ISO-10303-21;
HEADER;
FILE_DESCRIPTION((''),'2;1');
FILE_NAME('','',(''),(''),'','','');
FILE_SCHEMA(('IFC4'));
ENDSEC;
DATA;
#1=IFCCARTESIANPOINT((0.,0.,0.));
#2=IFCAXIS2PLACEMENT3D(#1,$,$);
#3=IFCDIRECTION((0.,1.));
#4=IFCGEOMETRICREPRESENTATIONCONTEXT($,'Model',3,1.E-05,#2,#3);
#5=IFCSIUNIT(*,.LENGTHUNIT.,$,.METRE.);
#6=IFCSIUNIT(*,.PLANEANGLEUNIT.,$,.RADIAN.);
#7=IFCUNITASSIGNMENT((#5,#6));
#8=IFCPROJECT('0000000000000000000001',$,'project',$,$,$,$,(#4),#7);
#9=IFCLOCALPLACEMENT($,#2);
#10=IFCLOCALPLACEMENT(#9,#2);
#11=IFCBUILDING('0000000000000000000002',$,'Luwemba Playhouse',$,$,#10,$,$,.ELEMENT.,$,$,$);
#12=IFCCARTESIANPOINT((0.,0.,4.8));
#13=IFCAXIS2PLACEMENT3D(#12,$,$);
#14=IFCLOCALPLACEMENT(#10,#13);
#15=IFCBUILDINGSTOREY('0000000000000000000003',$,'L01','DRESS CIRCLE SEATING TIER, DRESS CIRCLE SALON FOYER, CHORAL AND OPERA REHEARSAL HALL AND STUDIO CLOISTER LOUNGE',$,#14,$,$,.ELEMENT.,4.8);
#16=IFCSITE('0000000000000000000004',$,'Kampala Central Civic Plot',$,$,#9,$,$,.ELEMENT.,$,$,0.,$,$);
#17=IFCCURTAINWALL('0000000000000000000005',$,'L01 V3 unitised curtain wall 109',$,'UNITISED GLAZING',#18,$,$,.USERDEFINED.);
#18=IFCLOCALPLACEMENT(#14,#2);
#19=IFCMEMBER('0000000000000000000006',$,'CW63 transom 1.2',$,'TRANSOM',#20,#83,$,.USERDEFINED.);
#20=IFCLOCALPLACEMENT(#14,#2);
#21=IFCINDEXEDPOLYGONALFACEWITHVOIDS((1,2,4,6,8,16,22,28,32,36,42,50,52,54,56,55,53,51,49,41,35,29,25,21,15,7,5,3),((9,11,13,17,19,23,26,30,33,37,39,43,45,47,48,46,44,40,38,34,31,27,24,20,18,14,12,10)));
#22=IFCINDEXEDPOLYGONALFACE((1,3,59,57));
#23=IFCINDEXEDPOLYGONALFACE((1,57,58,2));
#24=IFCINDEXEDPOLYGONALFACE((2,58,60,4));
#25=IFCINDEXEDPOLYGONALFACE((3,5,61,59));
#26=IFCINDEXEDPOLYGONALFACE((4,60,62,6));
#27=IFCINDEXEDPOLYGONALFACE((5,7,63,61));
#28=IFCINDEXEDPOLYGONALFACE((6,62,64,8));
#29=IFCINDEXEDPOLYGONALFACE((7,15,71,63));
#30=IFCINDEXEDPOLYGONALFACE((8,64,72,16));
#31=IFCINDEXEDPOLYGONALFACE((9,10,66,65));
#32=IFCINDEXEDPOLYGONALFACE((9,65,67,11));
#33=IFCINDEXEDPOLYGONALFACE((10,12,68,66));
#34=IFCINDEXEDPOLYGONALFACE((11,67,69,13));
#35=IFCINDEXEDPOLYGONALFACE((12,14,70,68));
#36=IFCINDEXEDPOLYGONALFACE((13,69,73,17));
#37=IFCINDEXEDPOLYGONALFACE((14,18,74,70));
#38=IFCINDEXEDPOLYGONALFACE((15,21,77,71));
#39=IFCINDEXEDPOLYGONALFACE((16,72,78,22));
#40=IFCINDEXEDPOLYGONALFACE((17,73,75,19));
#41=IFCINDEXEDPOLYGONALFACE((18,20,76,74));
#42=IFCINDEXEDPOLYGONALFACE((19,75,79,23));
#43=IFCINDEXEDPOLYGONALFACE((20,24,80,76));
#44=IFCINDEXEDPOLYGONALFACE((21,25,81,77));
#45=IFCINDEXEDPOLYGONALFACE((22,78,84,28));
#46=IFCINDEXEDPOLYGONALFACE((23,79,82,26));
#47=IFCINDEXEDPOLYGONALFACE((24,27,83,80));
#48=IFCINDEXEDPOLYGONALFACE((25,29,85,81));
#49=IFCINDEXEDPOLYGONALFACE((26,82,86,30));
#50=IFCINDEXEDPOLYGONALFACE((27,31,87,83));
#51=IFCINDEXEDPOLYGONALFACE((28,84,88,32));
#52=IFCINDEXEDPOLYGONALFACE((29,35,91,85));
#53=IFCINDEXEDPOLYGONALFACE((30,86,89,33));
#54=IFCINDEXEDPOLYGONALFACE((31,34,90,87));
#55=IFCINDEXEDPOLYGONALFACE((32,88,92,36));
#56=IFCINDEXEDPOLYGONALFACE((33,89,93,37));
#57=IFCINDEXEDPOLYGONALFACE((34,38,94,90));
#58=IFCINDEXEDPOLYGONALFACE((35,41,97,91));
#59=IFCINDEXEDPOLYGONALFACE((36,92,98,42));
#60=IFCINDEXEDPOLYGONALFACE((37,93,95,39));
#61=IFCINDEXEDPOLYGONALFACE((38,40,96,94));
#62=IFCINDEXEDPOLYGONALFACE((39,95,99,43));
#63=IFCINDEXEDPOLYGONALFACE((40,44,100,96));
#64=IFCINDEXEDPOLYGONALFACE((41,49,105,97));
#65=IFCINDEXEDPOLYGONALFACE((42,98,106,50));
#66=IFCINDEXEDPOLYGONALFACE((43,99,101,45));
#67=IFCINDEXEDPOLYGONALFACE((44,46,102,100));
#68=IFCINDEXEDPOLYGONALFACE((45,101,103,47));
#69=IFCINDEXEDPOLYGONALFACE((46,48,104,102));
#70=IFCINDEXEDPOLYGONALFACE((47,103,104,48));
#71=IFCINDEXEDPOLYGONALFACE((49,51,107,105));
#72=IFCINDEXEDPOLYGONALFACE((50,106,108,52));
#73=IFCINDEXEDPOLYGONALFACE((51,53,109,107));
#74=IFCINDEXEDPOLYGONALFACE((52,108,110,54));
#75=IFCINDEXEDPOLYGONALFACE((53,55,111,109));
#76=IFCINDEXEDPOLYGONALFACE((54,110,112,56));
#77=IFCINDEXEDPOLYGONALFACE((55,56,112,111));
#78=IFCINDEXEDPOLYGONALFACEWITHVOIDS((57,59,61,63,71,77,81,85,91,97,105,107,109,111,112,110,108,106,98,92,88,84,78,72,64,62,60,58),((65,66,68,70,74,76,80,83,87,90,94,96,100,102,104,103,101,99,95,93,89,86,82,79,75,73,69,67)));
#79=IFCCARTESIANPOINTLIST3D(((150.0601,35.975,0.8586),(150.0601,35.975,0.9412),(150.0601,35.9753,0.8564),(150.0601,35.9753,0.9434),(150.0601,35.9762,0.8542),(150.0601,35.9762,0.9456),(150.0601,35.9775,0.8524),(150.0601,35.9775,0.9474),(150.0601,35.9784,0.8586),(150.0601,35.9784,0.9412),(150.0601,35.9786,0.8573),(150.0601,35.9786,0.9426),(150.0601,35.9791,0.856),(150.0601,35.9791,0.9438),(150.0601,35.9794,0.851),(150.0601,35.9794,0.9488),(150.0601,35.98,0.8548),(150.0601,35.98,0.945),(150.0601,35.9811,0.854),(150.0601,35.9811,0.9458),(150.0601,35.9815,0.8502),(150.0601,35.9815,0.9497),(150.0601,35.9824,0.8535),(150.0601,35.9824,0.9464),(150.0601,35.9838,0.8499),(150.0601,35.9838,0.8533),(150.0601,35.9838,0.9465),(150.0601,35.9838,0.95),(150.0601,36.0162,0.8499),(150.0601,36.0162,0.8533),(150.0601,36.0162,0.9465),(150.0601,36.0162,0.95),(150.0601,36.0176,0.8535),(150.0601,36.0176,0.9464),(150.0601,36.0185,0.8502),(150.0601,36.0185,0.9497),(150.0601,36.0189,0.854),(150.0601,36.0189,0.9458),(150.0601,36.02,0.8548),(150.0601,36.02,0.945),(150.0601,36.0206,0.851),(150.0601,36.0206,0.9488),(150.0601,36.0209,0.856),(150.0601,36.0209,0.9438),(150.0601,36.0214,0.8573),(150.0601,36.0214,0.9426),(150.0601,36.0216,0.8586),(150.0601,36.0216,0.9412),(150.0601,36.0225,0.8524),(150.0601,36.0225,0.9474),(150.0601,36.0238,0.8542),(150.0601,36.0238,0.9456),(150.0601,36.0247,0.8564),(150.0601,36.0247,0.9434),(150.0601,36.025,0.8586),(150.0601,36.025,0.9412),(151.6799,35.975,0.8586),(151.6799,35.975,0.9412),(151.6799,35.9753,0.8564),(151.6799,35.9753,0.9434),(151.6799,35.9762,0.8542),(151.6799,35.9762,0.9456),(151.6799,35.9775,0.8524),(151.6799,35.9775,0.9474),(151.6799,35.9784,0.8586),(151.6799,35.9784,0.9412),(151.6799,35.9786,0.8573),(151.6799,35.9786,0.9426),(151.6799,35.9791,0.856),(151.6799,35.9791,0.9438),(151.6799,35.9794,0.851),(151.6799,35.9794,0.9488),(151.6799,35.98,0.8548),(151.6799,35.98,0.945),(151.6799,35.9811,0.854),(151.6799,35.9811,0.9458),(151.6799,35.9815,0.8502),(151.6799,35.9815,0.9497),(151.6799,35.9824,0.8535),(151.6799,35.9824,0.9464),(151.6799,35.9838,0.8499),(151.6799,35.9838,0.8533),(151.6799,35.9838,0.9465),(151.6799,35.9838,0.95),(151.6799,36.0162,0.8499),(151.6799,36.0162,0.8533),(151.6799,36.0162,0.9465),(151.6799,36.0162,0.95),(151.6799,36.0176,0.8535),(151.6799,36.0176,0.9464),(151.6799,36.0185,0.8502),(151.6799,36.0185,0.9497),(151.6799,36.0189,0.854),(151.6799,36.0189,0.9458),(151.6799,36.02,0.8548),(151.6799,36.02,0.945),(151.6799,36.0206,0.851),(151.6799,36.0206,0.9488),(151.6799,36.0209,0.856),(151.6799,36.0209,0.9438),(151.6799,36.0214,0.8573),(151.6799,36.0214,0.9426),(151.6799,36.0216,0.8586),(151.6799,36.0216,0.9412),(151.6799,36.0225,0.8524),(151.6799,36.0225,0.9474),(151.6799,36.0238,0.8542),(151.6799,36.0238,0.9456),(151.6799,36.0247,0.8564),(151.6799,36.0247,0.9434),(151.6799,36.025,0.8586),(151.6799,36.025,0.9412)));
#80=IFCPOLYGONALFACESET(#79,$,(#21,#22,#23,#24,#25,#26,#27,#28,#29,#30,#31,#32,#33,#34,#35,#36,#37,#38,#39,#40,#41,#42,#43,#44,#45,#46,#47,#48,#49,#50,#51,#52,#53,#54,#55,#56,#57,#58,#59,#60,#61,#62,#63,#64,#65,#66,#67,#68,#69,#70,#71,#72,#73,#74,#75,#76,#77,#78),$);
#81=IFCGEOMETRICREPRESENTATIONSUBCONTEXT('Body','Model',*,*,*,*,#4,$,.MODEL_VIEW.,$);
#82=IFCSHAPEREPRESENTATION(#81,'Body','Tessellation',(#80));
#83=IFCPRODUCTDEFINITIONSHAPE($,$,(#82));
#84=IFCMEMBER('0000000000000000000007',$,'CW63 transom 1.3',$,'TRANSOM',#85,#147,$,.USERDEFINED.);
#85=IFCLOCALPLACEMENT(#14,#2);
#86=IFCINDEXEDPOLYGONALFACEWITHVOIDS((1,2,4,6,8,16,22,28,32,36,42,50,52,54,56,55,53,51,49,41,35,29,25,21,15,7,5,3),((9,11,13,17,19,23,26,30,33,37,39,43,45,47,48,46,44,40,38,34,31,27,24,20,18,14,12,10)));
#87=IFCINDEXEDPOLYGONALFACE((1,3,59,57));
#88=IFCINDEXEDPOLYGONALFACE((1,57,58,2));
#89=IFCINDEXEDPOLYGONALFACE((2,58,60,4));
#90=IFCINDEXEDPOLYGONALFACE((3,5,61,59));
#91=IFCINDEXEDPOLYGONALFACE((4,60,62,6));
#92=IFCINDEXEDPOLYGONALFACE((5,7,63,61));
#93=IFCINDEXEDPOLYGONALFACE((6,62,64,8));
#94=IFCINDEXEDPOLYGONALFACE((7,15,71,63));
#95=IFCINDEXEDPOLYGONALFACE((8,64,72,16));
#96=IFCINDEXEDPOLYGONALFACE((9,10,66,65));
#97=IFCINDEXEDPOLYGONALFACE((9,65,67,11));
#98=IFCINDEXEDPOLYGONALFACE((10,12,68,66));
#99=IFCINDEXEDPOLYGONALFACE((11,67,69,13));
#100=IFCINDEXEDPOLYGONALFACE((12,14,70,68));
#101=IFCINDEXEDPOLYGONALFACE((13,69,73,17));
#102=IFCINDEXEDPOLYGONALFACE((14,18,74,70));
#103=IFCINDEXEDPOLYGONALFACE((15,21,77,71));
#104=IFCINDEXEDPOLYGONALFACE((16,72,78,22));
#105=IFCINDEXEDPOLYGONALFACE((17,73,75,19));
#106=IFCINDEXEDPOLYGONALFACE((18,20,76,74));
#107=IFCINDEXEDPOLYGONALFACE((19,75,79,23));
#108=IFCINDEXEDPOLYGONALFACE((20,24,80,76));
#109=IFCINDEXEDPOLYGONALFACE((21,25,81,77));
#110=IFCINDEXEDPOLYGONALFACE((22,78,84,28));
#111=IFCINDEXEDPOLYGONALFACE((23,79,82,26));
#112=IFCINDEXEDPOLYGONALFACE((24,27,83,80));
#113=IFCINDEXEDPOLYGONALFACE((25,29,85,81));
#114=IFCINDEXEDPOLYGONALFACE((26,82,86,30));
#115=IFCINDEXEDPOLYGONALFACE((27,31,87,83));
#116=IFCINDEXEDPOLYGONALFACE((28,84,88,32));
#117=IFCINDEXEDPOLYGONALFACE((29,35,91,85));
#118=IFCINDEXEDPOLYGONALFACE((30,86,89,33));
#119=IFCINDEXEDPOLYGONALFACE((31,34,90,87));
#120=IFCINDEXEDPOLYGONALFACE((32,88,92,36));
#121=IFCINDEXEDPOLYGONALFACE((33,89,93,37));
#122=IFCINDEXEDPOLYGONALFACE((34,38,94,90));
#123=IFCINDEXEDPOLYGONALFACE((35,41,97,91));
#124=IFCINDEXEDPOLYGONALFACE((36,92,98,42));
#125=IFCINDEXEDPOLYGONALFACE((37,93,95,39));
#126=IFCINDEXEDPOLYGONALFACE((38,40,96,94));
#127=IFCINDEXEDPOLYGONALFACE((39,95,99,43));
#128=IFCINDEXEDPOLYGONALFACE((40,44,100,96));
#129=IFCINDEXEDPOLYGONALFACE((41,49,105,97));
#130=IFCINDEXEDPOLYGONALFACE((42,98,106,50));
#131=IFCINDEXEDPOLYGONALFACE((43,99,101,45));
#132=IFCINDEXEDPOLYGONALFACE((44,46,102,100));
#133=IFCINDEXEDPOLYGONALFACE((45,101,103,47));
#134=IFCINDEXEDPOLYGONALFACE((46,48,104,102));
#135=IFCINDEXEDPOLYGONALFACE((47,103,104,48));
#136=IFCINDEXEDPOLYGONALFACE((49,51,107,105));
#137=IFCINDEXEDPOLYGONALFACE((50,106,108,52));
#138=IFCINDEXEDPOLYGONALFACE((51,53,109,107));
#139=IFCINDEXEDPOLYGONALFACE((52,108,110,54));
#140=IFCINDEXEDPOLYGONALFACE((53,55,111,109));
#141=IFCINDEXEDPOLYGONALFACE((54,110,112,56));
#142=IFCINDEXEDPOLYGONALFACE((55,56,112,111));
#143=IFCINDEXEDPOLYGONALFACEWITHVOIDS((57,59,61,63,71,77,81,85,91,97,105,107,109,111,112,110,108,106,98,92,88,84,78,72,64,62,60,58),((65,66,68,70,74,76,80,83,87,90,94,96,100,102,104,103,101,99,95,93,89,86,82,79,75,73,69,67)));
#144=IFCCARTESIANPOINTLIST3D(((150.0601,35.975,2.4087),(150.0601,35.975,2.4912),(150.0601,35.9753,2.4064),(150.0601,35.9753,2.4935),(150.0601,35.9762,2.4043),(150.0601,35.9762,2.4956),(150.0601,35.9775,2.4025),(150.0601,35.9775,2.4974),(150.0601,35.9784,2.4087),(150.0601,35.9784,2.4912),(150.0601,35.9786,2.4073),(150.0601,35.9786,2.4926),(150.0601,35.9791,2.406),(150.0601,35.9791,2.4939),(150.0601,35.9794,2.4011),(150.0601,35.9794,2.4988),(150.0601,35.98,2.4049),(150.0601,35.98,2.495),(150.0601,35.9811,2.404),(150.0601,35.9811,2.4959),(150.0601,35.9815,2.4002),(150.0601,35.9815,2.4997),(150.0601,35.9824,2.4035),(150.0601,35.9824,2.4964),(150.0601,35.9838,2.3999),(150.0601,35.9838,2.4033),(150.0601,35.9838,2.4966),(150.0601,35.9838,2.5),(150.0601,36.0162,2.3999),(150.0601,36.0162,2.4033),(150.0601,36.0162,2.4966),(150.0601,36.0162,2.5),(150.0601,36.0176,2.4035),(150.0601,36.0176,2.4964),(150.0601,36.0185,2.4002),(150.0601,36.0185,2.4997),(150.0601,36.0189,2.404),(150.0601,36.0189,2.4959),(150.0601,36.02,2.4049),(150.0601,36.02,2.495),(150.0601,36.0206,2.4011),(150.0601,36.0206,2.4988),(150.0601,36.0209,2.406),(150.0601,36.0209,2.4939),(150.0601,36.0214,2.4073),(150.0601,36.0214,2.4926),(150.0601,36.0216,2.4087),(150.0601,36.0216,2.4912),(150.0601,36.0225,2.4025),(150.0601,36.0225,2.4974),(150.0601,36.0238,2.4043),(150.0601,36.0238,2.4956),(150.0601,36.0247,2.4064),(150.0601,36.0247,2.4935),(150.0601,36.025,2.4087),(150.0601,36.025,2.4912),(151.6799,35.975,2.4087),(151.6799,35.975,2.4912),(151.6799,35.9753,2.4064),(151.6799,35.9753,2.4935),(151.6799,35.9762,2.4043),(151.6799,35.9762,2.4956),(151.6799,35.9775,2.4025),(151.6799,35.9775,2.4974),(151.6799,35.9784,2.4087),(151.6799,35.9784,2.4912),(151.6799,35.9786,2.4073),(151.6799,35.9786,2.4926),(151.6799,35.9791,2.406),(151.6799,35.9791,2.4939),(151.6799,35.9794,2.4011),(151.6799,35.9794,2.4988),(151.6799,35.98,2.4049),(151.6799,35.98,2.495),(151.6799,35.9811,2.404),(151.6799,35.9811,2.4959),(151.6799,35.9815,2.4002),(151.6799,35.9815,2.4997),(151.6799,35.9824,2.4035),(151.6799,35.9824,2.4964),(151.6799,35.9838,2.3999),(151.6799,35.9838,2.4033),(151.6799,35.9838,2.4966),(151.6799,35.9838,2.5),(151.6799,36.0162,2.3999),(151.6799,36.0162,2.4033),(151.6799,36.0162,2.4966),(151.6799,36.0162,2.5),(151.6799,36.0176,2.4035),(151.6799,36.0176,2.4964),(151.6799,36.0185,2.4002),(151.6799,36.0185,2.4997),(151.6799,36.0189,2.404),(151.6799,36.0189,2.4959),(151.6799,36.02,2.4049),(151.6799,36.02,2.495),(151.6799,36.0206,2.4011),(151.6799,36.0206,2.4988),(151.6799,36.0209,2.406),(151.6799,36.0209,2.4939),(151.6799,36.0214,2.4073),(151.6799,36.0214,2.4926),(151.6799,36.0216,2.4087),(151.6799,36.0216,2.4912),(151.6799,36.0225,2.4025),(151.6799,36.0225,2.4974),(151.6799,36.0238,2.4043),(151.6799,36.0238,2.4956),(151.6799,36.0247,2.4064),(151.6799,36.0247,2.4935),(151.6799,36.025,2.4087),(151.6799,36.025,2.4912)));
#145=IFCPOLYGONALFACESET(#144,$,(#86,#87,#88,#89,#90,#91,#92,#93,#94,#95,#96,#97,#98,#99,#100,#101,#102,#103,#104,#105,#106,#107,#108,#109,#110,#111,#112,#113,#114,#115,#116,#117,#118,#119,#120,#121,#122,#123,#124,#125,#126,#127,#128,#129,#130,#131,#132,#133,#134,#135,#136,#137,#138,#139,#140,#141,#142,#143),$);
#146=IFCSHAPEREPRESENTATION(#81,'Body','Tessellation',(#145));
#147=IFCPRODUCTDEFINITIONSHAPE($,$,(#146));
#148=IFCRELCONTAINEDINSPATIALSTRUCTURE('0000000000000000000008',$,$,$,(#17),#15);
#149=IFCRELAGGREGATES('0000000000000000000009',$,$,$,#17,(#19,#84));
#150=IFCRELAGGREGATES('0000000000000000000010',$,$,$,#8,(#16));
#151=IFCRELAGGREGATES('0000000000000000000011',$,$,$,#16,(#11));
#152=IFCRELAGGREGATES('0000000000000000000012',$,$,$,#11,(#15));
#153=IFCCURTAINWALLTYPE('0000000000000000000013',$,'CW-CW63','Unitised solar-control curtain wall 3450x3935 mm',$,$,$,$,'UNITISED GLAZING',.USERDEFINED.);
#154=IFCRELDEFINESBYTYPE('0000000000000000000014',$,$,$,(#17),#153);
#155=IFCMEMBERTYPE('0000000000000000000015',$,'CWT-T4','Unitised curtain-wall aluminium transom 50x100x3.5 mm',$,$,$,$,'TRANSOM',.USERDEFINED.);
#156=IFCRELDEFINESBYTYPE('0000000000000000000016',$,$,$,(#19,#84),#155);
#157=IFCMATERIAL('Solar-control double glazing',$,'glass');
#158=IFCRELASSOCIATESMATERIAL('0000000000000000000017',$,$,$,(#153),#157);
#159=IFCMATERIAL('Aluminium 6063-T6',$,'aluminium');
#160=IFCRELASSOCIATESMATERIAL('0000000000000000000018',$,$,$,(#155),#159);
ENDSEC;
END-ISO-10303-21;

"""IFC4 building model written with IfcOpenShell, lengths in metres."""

from ifc_helpers import new_model, si_unit, direction, frame, origin, origin_2d, place, context, subcontext, project, spatial, hollow_rectangle, extrude, material, material_profile, profile_set, type_object, element, aggregate, save


model = new_model("IFC4")

# Units and contexts
model_context = context("Model", 3, precision=1e-05, world=origin(), true_north=direction((0.0, 1.0)))
body_context = subcontext(model_context, "Body", "Model", "MODEL_VIEW")
ifc_project = project(units=[si_unit("LENGTHUNIT", "METRE"), si_unit("PLANEANGLEUNIT", "RADIAN")], contexts=[model_context])

# Site, building, storey
site_placement = place(None, origin())
site = spatial("IfcSite", under=ifc_project, at=site_placement, Name="Kampala Central Civic Plot", CompositionType="ELEMENT", RefElevation=0.0)
building_placement = place(site_placement, origin())
building = spatial("IfcBuilding", under=site, at=building_placement, Name="Luwemba Playhouse", CompositionType="ELEMENT")
storey_placement = place(building_placement, frame((0.0, 0.0, 4.8)))
storey = spatial("IfcBuildingStorey", under=building, at=storey_placement, Name="L01", Description="DRESS CIRCLE SEATING TIER, DRESS CIRCLE SALON FOYER, CHORAL AND OPERA REHEARSAL HALL AND STUDIO CLOISTER LOUNGE", CompositionType="ELEMENT", Elevation=4.8)

# Curtain wall, members
ifc_material_1 = material(Name="Solar-control double glazing", Category="glass")
curtain_wall_type = type_object("IfcCurtainWallType", Name="CW-CW63", Description="Unitised solar-control curtain wall 3450x3935 mm", ElementType="UNITISED GLAZING", PredefinedType="USERDEFINED", material=ifc_material_1)
curtain_wall_placement = place(storey_placement, origin())
curtain_wall = element("IfcCurtainWall", 1, at=curtain_wall_placement, inside=storey, type_object=curtain_wall_type, Name="L01 V3 unitised curtain wall 109", ObjectType="UNITISED GLAZING", PredefinedType="USERDEFINED")
ifc_material_2 = material(Name="Aluminium 6063-T6", Category="aluminium")
ifc_material_profile_1 = material_profile(ifc_material_2, hollow_rectangle(XDim=0.05, YDim=0.1001, WallThickness=0.0034, InnerFilletRadius=0.0054, OuterFilletRadius=0.0088, at=origin_2d()))
ifc_profile_set_1 = profile_set([ifc_material_profile_1], Name="Aluminium 6063-T6")
member_type_1 = type_object("IfcMemberType", Name="CWT-T4", Description="Unitised curtain-wall aluminium transom 50x100x3.5 mm", ElementType="TRANSOM", PredefinedType="USERDEFINED", material=ifc_profile_set_1)
member_1_placement = place(storey_placement, frame((151.6799, 36.0, 0.8999), z_axis=(-1.0, 0.0, 0.0), x_axis=(0.0, -1.0, 0.0)))
member_1 = element("IfcMember", 2, at=member_1_placement, type_object=member_type_1, Name="CW63 transom 1.2", ObjectType="TRANSOM", PredefinedType="USERDEFINED", context=body_context, shape_type="SweptSolid", body=[
    extrude(hollow_rectangle(XDim=0.05, YDim=0.1001, WallThickness=0.0034, InnerFilletRadius=0.0054, OuterFilletRadius=0.0088, at=origin_2d()), origin(), (0.0, 0.0, 1.0), 1.6199),
])
member_2_placement = place(storey_placement, frame((151.6799, 36.0, 2.45), z_axis=(-1.0, 0.0, 0.0), x_axis=(0.0, -1.0, 0.0)))
member_2 = element("IfcMember", 3, at=member_2_placement, type_object=member_type_1, Name="CW63 transom 1.3", ObjectType="TRANSOM", PredefinedType="USERDEFINED", context=body_context, shape_type="SweptSolid", body=[
    extrude(hollow_rectangle(XDim=0.05, YDim=0.1001, WallThickness=0.0034, InnerFilletRadius=0.0054, OuterFilletRadius=0.0088, at=origin_2d()), origin(), (0.0, 0.0, 1.0), 1.6199),
])
aggregate(curtain_wall, [member_1, member_2])

save(model, "model.ifc")
